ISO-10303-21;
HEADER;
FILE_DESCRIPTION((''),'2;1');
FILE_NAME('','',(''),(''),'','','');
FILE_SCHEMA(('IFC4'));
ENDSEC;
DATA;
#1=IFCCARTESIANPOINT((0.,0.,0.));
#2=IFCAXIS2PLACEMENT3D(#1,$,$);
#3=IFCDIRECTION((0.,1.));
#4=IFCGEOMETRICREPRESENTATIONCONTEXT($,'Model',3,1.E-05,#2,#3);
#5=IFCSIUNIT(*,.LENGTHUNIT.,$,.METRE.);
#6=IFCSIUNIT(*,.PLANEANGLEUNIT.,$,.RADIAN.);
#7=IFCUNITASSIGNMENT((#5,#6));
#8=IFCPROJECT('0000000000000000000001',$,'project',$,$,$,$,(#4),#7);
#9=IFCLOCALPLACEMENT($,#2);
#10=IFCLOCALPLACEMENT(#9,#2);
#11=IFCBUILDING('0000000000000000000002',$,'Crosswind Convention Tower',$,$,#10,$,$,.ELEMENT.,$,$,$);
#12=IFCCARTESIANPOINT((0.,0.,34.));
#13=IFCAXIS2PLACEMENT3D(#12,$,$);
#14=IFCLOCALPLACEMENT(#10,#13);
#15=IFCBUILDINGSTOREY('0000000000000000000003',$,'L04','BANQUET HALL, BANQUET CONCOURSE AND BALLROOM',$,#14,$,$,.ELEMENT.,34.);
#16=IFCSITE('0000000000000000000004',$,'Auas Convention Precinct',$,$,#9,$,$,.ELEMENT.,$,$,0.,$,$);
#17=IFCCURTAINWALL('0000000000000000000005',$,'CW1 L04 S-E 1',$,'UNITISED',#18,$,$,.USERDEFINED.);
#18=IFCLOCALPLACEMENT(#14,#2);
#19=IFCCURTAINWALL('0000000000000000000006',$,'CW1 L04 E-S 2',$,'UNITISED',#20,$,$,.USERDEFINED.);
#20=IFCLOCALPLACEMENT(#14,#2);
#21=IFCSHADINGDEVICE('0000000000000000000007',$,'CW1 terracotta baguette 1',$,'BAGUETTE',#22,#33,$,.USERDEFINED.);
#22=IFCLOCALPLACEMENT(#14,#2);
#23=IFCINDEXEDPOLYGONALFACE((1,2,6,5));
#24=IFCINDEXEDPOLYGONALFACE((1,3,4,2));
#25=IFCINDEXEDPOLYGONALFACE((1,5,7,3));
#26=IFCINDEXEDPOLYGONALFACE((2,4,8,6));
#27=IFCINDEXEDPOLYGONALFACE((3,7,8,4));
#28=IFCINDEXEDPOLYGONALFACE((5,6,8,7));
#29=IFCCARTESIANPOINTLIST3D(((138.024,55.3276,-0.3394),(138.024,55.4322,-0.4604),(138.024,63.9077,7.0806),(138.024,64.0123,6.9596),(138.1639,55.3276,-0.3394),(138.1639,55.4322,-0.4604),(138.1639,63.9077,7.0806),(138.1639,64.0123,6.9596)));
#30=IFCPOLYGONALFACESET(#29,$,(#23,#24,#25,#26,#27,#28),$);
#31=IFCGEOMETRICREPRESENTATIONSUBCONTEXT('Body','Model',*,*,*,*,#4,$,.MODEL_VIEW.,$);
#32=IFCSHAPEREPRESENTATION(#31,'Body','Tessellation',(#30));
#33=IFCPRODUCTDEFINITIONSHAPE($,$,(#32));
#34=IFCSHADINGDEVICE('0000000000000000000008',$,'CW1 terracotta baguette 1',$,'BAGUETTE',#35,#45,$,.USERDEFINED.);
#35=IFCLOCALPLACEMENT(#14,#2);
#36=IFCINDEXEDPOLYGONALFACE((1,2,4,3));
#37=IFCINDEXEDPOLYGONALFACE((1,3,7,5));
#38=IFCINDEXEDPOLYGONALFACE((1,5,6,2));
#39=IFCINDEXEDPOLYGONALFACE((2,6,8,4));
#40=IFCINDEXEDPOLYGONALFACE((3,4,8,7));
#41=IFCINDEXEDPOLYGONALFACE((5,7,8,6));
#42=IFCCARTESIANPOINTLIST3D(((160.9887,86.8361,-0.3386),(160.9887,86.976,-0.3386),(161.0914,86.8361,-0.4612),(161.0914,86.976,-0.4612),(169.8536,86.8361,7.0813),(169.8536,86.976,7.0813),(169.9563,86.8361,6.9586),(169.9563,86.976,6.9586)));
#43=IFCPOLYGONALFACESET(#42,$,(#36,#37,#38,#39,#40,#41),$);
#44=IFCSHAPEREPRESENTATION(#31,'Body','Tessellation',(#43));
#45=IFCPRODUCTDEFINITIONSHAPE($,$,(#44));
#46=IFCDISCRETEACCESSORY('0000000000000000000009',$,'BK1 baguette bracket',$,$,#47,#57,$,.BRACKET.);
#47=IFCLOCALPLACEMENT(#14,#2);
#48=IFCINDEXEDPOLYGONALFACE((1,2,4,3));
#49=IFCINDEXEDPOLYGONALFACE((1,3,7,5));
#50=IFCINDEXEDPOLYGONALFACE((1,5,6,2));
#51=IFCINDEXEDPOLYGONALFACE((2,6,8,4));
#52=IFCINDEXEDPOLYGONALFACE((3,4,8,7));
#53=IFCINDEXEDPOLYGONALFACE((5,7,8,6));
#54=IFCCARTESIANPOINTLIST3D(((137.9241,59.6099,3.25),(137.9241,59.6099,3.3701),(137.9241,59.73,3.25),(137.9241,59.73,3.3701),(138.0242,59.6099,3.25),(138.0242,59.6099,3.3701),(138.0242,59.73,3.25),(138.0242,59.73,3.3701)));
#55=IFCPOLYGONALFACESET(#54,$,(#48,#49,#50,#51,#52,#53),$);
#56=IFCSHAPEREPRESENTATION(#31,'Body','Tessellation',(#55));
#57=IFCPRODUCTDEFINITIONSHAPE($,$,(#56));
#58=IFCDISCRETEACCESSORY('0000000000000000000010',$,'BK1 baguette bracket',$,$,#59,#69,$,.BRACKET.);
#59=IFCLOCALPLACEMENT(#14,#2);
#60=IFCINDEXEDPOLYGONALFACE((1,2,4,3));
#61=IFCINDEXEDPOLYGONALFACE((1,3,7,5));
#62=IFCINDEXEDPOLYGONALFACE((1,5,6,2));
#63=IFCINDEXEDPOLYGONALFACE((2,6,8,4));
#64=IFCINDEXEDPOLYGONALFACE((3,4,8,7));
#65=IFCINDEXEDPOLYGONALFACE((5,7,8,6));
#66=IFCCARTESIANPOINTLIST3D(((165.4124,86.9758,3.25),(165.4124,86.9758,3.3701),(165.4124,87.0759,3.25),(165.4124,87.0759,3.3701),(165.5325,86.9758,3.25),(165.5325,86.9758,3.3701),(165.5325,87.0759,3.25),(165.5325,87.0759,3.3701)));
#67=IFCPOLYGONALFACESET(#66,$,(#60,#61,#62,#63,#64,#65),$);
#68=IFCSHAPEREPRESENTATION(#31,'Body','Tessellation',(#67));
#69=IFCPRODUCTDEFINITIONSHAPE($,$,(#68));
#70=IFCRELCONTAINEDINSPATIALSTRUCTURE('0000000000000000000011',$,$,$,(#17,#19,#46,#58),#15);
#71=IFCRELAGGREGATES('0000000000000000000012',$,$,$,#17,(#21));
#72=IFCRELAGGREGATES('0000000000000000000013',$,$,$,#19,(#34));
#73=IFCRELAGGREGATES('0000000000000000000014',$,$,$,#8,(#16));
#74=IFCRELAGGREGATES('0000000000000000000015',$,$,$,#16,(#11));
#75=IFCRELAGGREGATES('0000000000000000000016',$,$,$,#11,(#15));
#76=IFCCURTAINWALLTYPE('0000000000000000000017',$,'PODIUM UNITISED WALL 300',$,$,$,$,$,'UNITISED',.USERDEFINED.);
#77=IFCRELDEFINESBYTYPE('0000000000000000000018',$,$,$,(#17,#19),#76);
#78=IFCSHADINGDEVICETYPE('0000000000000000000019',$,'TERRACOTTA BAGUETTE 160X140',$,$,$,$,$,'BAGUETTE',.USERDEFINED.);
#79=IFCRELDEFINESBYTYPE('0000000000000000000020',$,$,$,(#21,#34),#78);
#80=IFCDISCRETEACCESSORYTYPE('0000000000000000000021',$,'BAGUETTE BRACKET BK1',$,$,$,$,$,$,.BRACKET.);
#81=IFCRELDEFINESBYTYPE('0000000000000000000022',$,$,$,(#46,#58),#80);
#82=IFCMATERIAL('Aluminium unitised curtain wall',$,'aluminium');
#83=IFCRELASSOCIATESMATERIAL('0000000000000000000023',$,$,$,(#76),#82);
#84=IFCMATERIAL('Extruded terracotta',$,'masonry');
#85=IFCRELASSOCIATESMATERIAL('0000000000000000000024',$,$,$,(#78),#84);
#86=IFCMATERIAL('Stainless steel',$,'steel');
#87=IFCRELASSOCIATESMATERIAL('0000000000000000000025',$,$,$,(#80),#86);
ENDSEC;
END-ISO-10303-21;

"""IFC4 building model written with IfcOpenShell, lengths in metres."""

from ifc_helpers import new_model, si_unit, direction, frame, origin, origin_2d, place, context, subcontext, project, spatial, rectangle, extrude, material, material_profile, profile_set, type_object, element, aggregate, save


model = new_model("IFC4")

# Units and contexts
model_context = context("Model", 3, precision=1e-05, world=origin(), true_north=direction((0.0, 1.0)))
body_context = subcontext(model_context, "Body", "Model", "MODEL_VIEW")
ifc_project = project(units=[si_unit("LENGTHUNIT", "METRE"), si_unit("PLANEANGLEUNIT", "RADIAN")], contexts=[model_context])

# Site, building, storey
site_placement = place(None, origin())
site = spatial("IfcSite", under=ifc_project, at=site_placement, Name="Auas Convention Precinct", CompositionType="ELEMENT", RefElevation=0.0)
building_placement = place(site_placement, origin())
building = spatial("IfcBuilding", under=site, at=building_placement, Name="Crosswind Convention Tower", CompositionType="ELEMENT")
storey_placement = place(building_placement, frame((0.0, 0.0, 34.0)))
storey = spatial("IfcBuildingStorey", under=building, at=storey_placement, Name="L04", Description="BANQUET HALL, BANQUET CONCOURSE AND BALLROOM", CompositionType="ELEMENT", Elevation=34.0)

# Curtain wall
ifc_material_1 = material(Name="Aluminium unitised curtain wall", Category="aluminium")
curtain_wall_type_1 = type_object("IfcCurtainWallType", Name="PODIUM UNITISED WALL 300", ElementType="UNITISED", PredefinedType="USERDEFINED", material=ifc_material_1)
curtain_wall_1_placement = place(storey_placement, origin())
curtain_wall_1 = element("IfcCurtainWall", 1, at=curtain_wall_1_placement, inside=storey, type_object=curtain_wall_type_1, Name="CW1 L04 S-E 1", ObjectType="UNITISED", PredefinedType="USERDEFINED")

# Curtain wall
curtain_wall_2_placement = place(storey_placement, origin())
curtain_wall_2 = element("IfcCurtainWall", 2, at=curtain_wall_2_placement, inside=storey, type_object=curtain_wall_type_1, Name="CW1 L04 E-S 2", ObjectType="UNITISED", PredefinedType="USERDEFINED")

# Shading devices
ifc_material_2 = material(Name="Extruded terracotta", Category="masonry")
ifc_material_profile_1 = material_profile(ifc_material_2, rectangle(XDim=0.1399, YDim=0.1599, at=origin_2d()), Name="TC 140X160")
ifc_profile_set_1 = profile_set([ifc_material_profile_1], Name="Extruded terracotta")
shading_device_type = type_object("IfcShadingDeviceType", Name="TERRACOTTA BAGUETTE 160X140", ElementType="BAGUETTE", PredefinedType="USERDEFINED", material=ifc_profile_set_1)
shading_device_1_placement = place(storey_placement, frame((138.094, 55.3799, -0.3999), z_axis=(0.0, 0.756393, 0.654117), x_axis=(-1.0, 0.0, 0.0)))
shading_device_1 = element("IfcShadingDevice", 3, at=shading_device_1_placement, type_object=shading_device_type, Name="CW1 terracotta baguette 1", ObjectType="BAGUETTE", PredefinedType="USERDEFINED", context=body_context, shape_type="SweptSolid", body=[
    extrude(rectangle(XDim=0.1399, YDim=0.1599, at=origin_2d()), origin(), (0.0, 0.0, 1.0), 11.3435),
])
aggregate(curtain_wall_1, [shading_device_1])
shading_device_2_placement = place(storey_placement, frame((161.04, 86.906, -0.3999), z_axis=(0.76684, 0.0, 0.641838), x_axis=(0.0, 1.0, 0.0)))
shading_device_2 = element("IfcShadingDevice", 4, at=shading_device_2_placement, type_object=shading_device_type, Name="CW1 terracotta baguette 1", ObjectType="BAGUETTE", PredefinedType="USERDEFINED", context=body_context, shape_type="SweptSolid", body=[
    extrude(rectangle(XDim=0.1399, YDim=0.1599, at=origin_2d()), origin(), (0.0, 0.0, 1.0), 11.5603),
])
aggregate(curtain_wall_2, [shading_device_2])

# Discrete accessories
ifc_material_3 = material(Name="Stainless steel", Category="steel")
discrete_accessory_type = type_object("IfcDiscreteAccessoryType", Name="BAGUETTE BRACKET BK1", PredefinedType="BRACKET", material=ifc_material_3)
for number, where, z_axis, x_axis, name in (
    (5, (137.9741, 59.6699, 3.25), (0.0, 0.0, 1.0), (0.0, 1.0, 0.0), "BK1 baguette bracket"),
    (6, (165.4724, 87.0259, 3.25), (0.0, 0.0, 1.0), (1.0, 0.0, 0.0), "BK1 baguette bracket"),
):
    element("IfcDiscreteAccessory", number, at=place(storey_placement, frame(where, z_axis=z_axis, x_axis=x_axis)), inside=storey, type_object=discrete_accessory_type, Name=name, PredefinedType="BRACKET", context=body_context, shape_type="SweptSolid", body=[
        extrude(rectangle(XDim=0.1201, YDim=0.1001, at=origin_2d()), origin(), (0.0, 0.0, 1.0), 0.1201),
    ])

save(model, "model.ifc")
